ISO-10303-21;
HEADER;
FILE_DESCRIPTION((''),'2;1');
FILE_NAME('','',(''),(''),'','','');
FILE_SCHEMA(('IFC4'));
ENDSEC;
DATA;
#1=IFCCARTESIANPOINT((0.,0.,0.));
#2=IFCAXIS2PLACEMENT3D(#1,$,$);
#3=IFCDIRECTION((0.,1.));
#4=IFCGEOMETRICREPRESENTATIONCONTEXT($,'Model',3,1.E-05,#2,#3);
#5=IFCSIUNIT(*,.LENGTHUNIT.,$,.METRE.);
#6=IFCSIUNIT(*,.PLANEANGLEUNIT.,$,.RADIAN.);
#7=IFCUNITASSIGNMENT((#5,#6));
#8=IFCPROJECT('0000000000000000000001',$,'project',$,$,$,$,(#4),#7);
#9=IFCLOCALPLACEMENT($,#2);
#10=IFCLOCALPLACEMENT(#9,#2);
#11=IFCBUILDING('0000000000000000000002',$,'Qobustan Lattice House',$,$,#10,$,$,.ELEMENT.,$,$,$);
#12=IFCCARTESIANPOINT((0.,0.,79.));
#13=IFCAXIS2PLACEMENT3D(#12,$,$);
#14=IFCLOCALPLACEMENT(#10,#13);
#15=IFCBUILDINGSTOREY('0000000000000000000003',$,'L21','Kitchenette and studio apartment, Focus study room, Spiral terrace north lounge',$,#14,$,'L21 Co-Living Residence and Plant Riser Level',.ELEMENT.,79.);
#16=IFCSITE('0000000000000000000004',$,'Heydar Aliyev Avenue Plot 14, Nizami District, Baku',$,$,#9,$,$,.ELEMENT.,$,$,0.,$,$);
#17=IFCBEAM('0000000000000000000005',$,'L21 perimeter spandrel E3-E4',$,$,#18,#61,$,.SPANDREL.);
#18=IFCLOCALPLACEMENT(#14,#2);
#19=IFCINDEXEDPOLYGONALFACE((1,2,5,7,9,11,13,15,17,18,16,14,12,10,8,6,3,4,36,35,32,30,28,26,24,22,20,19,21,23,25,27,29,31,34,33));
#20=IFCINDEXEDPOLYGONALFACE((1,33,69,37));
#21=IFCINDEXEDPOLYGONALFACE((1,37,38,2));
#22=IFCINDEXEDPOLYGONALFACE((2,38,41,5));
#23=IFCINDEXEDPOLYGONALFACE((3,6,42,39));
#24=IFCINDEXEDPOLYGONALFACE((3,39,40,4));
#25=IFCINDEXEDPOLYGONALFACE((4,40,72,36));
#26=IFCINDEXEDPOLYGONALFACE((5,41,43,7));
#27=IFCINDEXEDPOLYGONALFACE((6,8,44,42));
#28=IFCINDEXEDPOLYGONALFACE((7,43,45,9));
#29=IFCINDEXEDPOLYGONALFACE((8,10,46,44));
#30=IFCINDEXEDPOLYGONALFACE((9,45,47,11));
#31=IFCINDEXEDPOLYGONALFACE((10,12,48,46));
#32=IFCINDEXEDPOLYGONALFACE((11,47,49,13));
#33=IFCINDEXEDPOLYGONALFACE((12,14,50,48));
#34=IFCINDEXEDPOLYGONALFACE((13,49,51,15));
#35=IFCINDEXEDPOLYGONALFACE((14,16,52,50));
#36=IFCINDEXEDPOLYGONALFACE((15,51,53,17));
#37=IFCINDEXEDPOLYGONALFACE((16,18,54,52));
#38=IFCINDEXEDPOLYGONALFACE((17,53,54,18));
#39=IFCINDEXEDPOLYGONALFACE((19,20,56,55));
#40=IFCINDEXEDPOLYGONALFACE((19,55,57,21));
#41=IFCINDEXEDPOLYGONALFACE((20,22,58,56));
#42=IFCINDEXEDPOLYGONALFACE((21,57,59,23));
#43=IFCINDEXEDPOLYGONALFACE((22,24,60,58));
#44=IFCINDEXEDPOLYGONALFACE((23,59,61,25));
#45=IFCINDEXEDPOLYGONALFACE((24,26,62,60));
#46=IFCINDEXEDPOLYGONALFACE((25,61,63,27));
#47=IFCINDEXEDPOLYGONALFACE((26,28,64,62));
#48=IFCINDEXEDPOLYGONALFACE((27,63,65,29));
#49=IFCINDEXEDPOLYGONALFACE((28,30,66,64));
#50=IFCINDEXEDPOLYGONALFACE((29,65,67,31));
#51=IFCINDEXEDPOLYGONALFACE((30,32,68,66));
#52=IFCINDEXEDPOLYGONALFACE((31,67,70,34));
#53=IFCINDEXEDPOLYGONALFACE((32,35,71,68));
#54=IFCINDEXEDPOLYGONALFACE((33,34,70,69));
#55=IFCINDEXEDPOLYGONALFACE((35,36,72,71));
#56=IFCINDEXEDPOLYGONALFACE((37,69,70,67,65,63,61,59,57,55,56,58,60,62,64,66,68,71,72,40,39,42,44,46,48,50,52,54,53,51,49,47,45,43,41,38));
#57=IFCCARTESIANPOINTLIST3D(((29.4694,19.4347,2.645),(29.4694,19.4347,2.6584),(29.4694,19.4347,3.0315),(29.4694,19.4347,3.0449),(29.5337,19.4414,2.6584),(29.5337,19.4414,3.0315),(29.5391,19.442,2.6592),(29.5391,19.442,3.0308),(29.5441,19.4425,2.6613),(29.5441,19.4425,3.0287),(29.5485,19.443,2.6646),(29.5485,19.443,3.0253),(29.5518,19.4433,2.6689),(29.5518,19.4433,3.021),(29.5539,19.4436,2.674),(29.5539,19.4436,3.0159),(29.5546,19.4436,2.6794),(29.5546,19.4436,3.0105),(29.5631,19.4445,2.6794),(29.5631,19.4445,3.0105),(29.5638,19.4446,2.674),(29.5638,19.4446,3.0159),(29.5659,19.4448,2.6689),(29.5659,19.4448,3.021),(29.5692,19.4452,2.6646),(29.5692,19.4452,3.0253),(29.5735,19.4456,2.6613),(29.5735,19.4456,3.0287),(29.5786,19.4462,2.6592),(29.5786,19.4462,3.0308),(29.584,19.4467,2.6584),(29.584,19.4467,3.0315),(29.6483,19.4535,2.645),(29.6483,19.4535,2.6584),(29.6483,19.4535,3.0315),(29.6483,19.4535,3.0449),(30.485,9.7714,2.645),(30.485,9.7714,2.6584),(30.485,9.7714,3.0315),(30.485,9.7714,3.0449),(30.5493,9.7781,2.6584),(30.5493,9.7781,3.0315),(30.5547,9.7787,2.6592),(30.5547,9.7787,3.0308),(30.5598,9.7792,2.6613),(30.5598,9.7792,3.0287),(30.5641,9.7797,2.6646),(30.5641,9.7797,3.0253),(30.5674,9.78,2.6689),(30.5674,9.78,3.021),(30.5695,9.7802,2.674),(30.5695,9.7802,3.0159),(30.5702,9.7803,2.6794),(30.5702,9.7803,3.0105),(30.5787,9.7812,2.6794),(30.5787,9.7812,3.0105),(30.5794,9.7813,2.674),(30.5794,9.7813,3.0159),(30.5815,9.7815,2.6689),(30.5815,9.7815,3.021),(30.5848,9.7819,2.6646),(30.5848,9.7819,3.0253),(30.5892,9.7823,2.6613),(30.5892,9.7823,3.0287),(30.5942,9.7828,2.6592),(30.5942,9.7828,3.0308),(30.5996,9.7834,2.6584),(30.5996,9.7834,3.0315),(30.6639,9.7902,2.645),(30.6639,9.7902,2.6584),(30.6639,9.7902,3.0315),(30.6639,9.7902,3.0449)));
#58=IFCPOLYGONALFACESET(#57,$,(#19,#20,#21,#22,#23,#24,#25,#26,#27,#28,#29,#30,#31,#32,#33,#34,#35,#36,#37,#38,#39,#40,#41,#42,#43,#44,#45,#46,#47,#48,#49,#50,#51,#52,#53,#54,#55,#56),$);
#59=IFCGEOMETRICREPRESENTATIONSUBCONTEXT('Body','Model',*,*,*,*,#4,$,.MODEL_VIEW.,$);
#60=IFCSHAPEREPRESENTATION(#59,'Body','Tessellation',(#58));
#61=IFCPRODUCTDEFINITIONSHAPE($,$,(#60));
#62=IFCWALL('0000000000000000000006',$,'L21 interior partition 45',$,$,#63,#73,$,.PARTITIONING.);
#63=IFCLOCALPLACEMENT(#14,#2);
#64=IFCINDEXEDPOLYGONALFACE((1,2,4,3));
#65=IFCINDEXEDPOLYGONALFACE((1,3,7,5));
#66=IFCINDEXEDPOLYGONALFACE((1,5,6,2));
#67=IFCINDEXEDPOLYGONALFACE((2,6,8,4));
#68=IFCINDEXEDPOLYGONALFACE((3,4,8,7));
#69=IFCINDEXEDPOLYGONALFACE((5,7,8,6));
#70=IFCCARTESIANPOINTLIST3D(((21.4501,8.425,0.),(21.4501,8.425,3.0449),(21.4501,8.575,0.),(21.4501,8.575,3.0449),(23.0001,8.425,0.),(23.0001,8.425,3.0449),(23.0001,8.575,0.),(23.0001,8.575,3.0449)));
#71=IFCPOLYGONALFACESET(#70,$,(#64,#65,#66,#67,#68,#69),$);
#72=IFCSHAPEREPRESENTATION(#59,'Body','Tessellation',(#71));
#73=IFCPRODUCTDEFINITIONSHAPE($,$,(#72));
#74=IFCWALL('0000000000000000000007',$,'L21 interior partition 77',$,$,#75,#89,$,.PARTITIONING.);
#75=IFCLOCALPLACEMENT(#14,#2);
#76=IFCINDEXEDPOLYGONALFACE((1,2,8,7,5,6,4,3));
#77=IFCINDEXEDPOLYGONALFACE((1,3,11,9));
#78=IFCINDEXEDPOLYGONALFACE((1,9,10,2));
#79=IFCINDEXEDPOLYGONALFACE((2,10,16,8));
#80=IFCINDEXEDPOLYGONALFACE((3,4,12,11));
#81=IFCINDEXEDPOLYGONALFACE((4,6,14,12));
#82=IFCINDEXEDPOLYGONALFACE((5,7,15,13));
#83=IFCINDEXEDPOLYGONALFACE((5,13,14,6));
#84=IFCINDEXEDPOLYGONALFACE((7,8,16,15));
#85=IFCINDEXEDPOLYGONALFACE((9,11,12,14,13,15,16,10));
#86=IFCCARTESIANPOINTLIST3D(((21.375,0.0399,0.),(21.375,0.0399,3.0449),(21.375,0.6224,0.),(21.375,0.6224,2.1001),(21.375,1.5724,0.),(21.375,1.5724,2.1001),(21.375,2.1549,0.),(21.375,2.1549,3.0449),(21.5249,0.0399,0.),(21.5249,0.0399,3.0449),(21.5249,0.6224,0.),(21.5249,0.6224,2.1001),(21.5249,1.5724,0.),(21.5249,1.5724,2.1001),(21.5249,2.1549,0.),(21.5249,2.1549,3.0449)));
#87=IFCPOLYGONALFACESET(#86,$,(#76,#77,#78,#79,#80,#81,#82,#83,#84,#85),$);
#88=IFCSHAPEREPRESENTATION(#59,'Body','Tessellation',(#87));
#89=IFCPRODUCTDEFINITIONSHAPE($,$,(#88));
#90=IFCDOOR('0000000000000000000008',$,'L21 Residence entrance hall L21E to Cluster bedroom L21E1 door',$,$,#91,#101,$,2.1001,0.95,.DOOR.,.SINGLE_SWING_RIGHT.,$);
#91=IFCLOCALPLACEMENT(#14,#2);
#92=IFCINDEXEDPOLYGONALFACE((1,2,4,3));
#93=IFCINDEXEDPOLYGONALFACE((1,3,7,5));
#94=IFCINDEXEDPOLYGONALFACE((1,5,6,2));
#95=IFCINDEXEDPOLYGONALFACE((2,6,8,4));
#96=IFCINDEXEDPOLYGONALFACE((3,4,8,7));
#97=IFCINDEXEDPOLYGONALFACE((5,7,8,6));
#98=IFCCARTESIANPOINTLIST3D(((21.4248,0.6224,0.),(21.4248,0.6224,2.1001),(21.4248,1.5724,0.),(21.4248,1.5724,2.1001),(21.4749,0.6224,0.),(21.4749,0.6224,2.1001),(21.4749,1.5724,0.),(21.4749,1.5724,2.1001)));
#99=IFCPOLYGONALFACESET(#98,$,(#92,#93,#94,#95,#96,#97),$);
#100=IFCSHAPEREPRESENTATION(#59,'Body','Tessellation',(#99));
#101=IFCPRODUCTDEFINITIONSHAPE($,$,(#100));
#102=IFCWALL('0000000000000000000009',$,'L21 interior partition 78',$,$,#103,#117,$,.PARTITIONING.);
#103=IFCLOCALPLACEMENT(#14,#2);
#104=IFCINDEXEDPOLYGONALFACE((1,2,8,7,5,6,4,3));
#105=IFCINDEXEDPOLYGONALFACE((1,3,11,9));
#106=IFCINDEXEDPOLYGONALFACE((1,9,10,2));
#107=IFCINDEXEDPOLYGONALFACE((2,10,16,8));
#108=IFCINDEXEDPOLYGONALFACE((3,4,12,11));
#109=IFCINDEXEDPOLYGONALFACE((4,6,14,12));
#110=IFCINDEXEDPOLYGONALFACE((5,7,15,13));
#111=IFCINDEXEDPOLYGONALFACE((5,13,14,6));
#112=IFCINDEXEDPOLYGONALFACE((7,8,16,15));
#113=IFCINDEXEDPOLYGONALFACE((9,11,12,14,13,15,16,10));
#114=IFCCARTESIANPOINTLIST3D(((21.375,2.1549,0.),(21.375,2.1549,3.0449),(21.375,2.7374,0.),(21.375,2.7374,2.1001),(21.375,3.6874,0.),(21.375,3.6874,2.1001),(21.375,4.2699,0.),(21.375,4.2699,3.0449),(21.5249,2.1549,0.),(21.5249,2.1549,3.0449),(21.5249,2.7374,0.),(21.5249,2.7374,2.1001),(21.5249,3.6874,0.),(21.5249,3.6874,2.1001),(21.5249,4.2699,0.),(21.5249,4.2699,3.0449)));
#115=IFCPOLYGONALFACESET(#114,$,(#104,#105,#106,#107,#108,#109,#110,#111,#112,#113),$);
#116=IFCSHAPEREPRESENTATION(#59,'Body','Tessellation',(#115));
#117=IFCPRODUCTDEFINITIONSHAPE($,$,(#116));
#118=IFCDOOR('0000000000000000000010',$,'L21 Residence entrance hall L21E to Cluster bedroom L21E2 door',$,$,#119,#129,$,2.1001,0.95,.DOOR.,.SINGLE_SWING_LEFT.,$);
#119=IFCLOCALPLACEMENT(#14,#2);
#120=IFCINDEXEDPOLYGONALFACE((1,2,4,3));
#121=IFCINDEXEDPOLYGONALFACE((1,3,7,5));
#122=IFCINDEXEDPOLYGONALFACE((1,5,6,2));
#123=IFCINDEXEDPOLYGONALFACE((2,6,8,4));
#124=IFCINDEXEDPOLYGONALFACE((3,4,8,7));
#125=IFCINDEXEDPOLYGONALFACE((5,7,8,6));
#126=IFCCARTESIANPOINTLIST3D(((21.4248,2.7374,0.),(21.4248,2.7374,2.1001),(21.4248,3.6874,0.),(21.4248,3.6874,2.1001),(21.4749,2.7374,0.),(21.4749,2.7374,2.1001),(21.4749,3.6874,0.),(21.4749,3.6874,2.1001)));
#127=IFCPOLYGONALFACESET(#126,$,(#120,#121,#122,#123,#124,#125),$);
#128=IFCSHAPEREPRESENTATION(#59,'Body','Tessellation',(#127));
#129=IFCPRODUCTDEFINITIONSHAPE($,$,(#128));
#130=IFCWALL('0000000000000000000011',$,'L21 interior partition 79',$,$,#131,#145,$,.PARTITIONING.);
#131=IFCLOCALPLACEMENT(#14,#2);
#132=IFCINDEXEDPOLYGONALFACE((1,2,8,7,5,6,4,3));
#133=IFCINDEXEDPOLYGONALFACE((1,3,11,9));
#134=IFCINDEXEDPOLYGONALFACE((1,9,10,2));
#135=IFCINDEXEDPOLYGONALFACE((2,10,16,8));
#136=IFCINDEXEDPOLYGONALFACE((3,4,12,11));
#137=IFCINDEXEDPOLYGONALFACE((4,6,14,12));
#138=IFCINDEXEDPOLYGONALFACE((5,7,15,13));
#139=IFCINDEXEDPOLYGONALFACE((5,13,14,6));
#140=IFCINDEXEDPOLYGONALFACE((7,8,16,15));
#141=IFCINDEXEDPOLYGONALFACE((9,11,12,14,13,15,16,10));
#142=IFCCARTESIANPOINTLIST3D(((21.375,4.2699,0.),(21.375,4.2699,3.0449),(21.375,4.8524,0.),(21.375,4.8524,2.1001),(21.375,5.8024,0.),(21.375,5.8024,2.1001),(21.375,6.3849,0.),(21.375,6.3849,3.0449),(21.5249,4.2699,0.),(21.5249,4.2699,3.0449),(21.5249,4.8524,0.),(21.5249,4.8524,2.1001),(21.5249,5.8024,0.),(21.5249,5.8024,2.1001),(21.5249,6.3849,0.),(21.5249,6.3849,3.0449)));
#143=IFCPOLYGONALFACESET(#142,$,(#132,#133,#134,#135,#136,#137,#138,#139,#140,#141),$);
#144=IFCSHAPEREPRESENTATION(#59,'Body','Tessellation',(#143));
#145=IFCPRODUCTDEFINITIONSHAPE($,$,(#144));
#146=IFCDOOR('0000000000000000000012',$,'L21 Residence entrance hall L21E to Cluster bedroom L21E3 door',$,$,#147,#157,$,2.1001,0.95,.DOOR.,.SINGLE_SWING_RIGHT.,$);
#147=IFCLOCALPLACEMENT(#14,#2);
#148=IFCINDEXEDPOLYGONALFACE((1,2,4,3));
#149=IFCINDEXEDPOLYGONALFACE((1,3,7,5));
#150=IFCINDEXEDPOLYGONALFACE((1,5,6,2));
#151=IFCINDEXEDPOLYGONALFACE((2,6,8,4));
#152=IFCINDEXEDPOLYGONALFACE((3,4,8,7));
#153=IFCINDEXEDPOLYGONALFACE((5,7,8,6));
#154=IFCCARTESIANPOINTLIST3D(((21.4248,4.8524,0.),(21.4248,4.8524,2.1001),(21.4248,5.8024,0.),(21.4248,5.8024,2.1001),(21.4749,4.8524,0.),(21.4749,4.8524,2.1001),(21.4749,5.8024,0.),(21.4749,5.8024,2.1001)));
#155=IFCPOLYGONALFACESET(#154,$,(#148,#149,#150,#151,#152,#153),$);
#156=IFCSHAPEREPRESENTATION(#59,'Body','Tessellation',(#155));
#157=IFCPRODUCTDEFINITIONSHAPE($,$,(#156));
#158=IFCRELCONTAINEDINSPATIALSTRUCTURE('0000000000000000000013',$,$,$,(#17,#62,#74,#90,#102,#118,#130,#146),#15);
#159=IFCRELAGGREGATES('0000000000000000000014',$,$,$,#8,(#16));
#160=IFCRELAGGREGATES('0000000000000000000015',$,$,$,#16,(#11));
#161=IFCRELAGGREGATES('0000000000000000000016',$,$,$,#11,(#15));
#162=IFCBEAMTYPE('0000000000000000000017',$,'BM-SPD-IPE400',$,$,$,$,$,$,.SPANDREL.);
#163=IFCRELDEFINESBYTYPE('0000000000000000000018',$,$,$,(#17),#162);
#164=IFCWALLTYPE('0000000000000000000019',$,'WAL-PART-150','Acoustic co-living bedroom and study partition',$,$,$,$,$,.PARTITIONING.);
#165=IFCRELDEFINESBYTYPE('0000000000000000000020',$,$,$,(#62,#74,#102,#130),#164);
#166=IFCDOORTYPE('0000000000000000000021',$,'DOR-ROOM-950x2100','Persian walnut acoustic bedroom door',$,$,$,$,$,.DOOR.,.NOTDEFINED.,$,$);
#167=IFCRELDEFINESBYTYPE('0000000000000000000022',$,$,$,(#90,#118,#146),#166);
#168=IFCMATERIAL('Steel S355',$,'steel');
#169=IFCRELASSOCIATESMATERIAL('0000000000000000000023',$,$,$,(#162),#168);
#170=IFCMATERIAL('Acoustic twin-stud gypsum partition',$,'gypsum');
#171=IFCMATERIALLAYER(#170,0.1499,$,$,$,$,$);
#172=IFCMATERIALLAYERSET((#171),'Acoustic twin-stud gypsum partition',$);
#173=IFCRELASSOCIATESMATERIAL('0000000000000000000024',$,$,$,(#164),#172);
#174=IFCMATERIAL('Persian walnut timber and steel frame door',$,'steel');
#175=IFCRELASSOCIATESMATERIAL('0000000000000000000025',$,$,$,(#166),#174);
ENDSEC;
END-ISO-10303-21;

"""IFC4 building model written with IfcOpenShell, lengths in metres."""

from ifc_helpers import new_model, si_unit, direction, frame, frame_2d, origin, origin_2d, place, context, subcontext, project, spatial, rectangle, i_section, extrude, material, layer, layer_set, material_profile, profile_set, type_object, element, fill, save


model = new_model("IFC4")

# Units and contexts
model_context = context("Model", 3, precision=1e-05, world=origin(), true_north=direction((0.0, 1.0)))
body_context = subcontext(model_context, "Body", "Model", "MODEL_VIEW")
ifc_project = project(units=[si_unit("LENGTHUNIT", "METRE"), si_unit("PLANEANGLEUNIT", "RADIAN")], contexts=[model_context])

# Site, building, storey
site_placement = place(None, origin())
site = spatial("IfcSite", under=ifc_project, at=site_placement, Name="Heydar Aliyev Avenue Plot 14, Nizami District, Baku", CompositionType="ELEMENT", RefElevation=0.0)
building_placement = place(site_placement, origin())
building = spatial("IfcBuilding", under=site, at=building_placement, Name="Qobustan Lattice House", CompositionType="ELEMENT")
storey_placement = place(building_placement, frame((0.0, 0.0, 79.0)))
storey = spatial("IfcBuildingStorey", under=building, at=storey_placement, Name="L21", Description="Kitchenette and studio apartment, Focus study room, Spiral terrace north lounge", LongName="L21 Co-Living Residence and Plant Riser Level", CompositionType="ELEMENT", Elevation=79.0)

# Beam
ifc_material_1 = material(Name="Steel S355", Category="steel")
ifc_material_profile_1 = material_profile(ifc_material_1, i_section(OverallWidth=0.1799, OverallDepth=0.3999, WebThickness=0.0085, FlangeThickness=0.0134, FilletRadius=0.021, at=origin_2d()), Name="IPE400")
ifc_profile_set_1 = profile_set([ifc_material_profile_1], Name="Steel S355")
beam_type_1 = type_object("IfcBeamType", Name="BM-SPD-IPE400", PredefinedType="SPANDREL", material=ifc_profile_set_1)
for number, where, z_axis, x_axis, name in (
    (1, (30.5745, 9.7808, 2.845), (-0.104525, 0.994522, 0.0), (-0.994522, -0.104525, 0.0), "L21 perimeter spandrel E3-E4"),
):
    element("IfcBeam", number, at=place(storey_placement, frame(where, z_axis=z_axis, x_axis=x_axis)), inside=storey, type_object=beam_type_1, Name=name, PredefinedType="SPANDREL", context=body_context, shape_type="SweptSolid", body=[
        extrude(i_section(OverallWidth=0.1799, OverallDepth=0.3999, WebThickness=0.0085, FlangeThickness=0.0134, FilletRadius=0.021, at=origin_2d()), origin(), (0.0, 0.0, 1.0), 9.7166),
    ])

# Wall
ifc_material_2 = material(Name="Acoustic twin-stud gypsum partition", Category="gypsum")
ifc_layer_1 = layer(ifc_material_2, 0.1499)
ifc_layer_set_1 = layer_set([ifc_layer_1], Name="Acoustic twin-stud gypsum partition")
wall_type_1 = type_object("IfcWallType", Name="WAL-PART-150", Description="Acoustic co-living bedroom and study partition", PredefinedType="PARTITIONING", material=ifc_layer_set_1)
wall_1_placement = place(storey_placement, frame((23.0, 8.5, 0.0), z_axis=(0.0, 0.0, 1.0), x_axis=(-1.0, 0.0, 0.0)))
element("IfcWall", 2, at=wall_1_placement, inside=storey, type_object=wall_type_1, Name="L21 interior partition 45", PredefinedType="PARTITIONING", context=body_context, shape_type="SweptSolid", body=[
    extrude(rectangle(XDim=1.55, YDim=0.1499, at=frame_2d((0.7749, 0.0))), origin(), (0.0, 0.0, 1.0), 3.0449),
])

# Walls, openings, doors
wall_2_placement = place(storey_placement, frame((21.45, 2.155, 0.0), z_axis=(0.0, 0.0, 1.0), x_axis=(0.0, -1.0, 0.0)))
wall_2 = element("IfcWall", 3, at=wall_2_placement, inside=storey, type_object=wall_type_1, Name="L21 interior partition 77", PredefinedType="PARTITIONING", context=body_context, shape_type="SweptSolid", body=[
    extrude(rectangle(XDim=2.115, YDim=0.1499, at=frame_2d((1.0576, 0.0))), origin(), (0.0, 0.0, 1.0), 3.0449),
])
opening_1_placement = place(wall_2_placement, frame((0.5825, 0.0, 0.0)))
opening_1 = element("IfcOpeningElement", 4, at=opening_1_placement, cuts=wall_2, PredefinedType="OPENING", context=body_context, shape_type="SweptSolid", body=[
    extrude(rectangle(XDim=0.95, YDim=2.1001, at=frame_2d((0.4751, 1.05))), frame((0.0, 0.085, 0.0), z_axis=(0.0, -1.0, 0.0), x_axis=(1.0, 0.0, 0.0)), (0.0, 0.0, 1.0), 0.1699),
])
ifc_material_3 = material(Name="Persian walnut timber and steel frame door", Category="steel")
door_type_1 = type_object("IfcDoorType", Name="DOR-ROOM-950x2100", Description="Persian walnut acoustic bedroom door", OperationType="NOTDEFINED", PredefinedType="DOOR", material=ifc_material_3)
door_1_placement = place(opening_1_placement, origin())
door_1 = element("IfcDoor", 5, at=door_1_placement, inside=storey, type_object=door_type_1, Name="L21 Residence entrance hall L21E to Cluster bedroom L21E1 door", OperationType="SINGLE_SWING_RIGHT", OverallHeight=2.1001, OverallWidth=0.95, PredefinedType="DOOR", context=body_context, shape_type="SweptSolid", body=[
    extrude(rectangle(XDim=0.95, YDim=2.1001, at=frame_2d((0.4751, 1.05))), frame((0.0, 0.0249, 0.0), z_axis=(0.0, -1.0, 0.0), x_axis=(1.0, 0.0, 0.0)), (0.0, 0.0, 1.0), 0.05),
])
fill(opening_1, door_1)
wall_3_placement = place(storey_placement, frame((21.45, 4.27, 0.0), z_axis=(0.0, 0.0, 1.0), x_axis=(0.0, -1.0, 0.0)))
wall_3 = element("IfcWall", 6, at=wall_3_placement, inside=storey, type_object=wall_type_1, Name="L21 interior partition 78", PredefinedType="PARTITIONING", context=body_context, shape_type="SweptSolid", body=[
    extrude(rectangle(XDim=2.115, YDim=0.1499, at=frame_2d((1.0576, 0.0))), origin(), (0.0, 0.0, 1.0), 3.0449),
])
opening_2_placement = place(wall_3_placement, frame((0.5825, 0.0, 0.0)))
opening_2 = element("IfcOpeningElement", 7, at=opening_2_placement, cuts=wall_3, PredefinedType="OPENING", context=body_context, shape_type="SweptSolid", body=[
    extrude(rectangle(XDim=0.95, YDim=2.1001, at=frame_2d((0.4751, 1.05))), frame((0.0, 0.085, 0.0), z_axis=(0.0, -1.0, 0.0), x_axis=(1.0, 0.0, 0.0)), (0.0, 0.0, 1.0), 0.1699),
])
door_2_placement = place(opening_2_placement, origin())
door_2 = element("IfcDoor", 8, at=door_2_placement, inside=storey, type_object=door_type_1, Name="L21 Residence entrance hall L21E to Cluster bedroom L21E2 door", OperationType="SINGLE_SWING_LEFT", OverallHeight=2.1001, OverallWidth=0.95, PredefinedType="DOOR", context=body_context, shape_type="SweptSolid", body=[
    extrude(rectangle(XDim=0.95, YDim=2.1001, at=frame_2d((0.4751, 1.05))), frame((0.0, 0.0249, 0.0), z_axis=(0.0, -1.0, 0.0), x_axis=(1.0, 0.0, 0.0)), (0.0, 0.0, 1.0), 0.05),
])
fill(opening_2, door_2)
wall_4_placement = place(storey_placement, frame((21.45, 6.385, 0.0), z_axis=(0.0, 0.0, 1.0), x_axis=(0.0, -1.0, 0.0)))
wall_4 = element("IfcWall", 9, at=wall_4_placement, inside=storey, type_object=wall_type_1, Name="L21 interior partition 79", PredefinedType="PARTITIONING", context=body_context, shape_type="SweptSolid", body=[
    extrude(rectangle(XDim=2.115, YDim=0.1499, at=frame_2d((1.0576, 0.0))), origin(), (0.0, 0.0, 1.0), 3.0449),
])
opening_3_placement = place(wall_4_placement, frame((0.5825, 0.0, 0.0)))
opening_3 = element("IfcOpeningElement", 10, at=opening_3_placement, cuts=wall_4, PredefinedType="OPENING", context=body_context, shape_type="SweptSolid", body=[
    extrude(rectangle(XDim=0.95, YDim=2.1001, at=frame_2d((0.4751, 1.05))), frame((0.0, 0.085, 0.0), z_axis=(0.0, -1.0, 0.0), x_axis=(1.0, 0.0, 0.0)), (0.0, 0.0, 1.0), 0.1699),
])
door_3_placement = place(opening_3_placement, origin())
door_3 = element("IfcDoor", 11, at=door_3_placement, inside=storey, type_object=door_type_1, Name="L21 Residence entrance hall L21E to Cluster bedroom L21E3 door", OperationType="SINGLE_SWING_RIGHT", OverallHeight=2.1001, OverallWidth=0.95, PredefinedType="DOOR", context=body_context, shape_type="SweptSolid", body=[
    extrude(rectangle(XDim=0.95, YDim=2.1001, at=frame_2d((0.4751, 1.05))), frame((0.0, 0.0249, 0.0), z_axis=(0.0, -1.0, 0.0), x_axis=(1.0, 0.0, 0.0)), (0.0, 0.0, 1.0), 0.05),
])
fill(opening_3, door_3)

save(model, "model.ifc")
